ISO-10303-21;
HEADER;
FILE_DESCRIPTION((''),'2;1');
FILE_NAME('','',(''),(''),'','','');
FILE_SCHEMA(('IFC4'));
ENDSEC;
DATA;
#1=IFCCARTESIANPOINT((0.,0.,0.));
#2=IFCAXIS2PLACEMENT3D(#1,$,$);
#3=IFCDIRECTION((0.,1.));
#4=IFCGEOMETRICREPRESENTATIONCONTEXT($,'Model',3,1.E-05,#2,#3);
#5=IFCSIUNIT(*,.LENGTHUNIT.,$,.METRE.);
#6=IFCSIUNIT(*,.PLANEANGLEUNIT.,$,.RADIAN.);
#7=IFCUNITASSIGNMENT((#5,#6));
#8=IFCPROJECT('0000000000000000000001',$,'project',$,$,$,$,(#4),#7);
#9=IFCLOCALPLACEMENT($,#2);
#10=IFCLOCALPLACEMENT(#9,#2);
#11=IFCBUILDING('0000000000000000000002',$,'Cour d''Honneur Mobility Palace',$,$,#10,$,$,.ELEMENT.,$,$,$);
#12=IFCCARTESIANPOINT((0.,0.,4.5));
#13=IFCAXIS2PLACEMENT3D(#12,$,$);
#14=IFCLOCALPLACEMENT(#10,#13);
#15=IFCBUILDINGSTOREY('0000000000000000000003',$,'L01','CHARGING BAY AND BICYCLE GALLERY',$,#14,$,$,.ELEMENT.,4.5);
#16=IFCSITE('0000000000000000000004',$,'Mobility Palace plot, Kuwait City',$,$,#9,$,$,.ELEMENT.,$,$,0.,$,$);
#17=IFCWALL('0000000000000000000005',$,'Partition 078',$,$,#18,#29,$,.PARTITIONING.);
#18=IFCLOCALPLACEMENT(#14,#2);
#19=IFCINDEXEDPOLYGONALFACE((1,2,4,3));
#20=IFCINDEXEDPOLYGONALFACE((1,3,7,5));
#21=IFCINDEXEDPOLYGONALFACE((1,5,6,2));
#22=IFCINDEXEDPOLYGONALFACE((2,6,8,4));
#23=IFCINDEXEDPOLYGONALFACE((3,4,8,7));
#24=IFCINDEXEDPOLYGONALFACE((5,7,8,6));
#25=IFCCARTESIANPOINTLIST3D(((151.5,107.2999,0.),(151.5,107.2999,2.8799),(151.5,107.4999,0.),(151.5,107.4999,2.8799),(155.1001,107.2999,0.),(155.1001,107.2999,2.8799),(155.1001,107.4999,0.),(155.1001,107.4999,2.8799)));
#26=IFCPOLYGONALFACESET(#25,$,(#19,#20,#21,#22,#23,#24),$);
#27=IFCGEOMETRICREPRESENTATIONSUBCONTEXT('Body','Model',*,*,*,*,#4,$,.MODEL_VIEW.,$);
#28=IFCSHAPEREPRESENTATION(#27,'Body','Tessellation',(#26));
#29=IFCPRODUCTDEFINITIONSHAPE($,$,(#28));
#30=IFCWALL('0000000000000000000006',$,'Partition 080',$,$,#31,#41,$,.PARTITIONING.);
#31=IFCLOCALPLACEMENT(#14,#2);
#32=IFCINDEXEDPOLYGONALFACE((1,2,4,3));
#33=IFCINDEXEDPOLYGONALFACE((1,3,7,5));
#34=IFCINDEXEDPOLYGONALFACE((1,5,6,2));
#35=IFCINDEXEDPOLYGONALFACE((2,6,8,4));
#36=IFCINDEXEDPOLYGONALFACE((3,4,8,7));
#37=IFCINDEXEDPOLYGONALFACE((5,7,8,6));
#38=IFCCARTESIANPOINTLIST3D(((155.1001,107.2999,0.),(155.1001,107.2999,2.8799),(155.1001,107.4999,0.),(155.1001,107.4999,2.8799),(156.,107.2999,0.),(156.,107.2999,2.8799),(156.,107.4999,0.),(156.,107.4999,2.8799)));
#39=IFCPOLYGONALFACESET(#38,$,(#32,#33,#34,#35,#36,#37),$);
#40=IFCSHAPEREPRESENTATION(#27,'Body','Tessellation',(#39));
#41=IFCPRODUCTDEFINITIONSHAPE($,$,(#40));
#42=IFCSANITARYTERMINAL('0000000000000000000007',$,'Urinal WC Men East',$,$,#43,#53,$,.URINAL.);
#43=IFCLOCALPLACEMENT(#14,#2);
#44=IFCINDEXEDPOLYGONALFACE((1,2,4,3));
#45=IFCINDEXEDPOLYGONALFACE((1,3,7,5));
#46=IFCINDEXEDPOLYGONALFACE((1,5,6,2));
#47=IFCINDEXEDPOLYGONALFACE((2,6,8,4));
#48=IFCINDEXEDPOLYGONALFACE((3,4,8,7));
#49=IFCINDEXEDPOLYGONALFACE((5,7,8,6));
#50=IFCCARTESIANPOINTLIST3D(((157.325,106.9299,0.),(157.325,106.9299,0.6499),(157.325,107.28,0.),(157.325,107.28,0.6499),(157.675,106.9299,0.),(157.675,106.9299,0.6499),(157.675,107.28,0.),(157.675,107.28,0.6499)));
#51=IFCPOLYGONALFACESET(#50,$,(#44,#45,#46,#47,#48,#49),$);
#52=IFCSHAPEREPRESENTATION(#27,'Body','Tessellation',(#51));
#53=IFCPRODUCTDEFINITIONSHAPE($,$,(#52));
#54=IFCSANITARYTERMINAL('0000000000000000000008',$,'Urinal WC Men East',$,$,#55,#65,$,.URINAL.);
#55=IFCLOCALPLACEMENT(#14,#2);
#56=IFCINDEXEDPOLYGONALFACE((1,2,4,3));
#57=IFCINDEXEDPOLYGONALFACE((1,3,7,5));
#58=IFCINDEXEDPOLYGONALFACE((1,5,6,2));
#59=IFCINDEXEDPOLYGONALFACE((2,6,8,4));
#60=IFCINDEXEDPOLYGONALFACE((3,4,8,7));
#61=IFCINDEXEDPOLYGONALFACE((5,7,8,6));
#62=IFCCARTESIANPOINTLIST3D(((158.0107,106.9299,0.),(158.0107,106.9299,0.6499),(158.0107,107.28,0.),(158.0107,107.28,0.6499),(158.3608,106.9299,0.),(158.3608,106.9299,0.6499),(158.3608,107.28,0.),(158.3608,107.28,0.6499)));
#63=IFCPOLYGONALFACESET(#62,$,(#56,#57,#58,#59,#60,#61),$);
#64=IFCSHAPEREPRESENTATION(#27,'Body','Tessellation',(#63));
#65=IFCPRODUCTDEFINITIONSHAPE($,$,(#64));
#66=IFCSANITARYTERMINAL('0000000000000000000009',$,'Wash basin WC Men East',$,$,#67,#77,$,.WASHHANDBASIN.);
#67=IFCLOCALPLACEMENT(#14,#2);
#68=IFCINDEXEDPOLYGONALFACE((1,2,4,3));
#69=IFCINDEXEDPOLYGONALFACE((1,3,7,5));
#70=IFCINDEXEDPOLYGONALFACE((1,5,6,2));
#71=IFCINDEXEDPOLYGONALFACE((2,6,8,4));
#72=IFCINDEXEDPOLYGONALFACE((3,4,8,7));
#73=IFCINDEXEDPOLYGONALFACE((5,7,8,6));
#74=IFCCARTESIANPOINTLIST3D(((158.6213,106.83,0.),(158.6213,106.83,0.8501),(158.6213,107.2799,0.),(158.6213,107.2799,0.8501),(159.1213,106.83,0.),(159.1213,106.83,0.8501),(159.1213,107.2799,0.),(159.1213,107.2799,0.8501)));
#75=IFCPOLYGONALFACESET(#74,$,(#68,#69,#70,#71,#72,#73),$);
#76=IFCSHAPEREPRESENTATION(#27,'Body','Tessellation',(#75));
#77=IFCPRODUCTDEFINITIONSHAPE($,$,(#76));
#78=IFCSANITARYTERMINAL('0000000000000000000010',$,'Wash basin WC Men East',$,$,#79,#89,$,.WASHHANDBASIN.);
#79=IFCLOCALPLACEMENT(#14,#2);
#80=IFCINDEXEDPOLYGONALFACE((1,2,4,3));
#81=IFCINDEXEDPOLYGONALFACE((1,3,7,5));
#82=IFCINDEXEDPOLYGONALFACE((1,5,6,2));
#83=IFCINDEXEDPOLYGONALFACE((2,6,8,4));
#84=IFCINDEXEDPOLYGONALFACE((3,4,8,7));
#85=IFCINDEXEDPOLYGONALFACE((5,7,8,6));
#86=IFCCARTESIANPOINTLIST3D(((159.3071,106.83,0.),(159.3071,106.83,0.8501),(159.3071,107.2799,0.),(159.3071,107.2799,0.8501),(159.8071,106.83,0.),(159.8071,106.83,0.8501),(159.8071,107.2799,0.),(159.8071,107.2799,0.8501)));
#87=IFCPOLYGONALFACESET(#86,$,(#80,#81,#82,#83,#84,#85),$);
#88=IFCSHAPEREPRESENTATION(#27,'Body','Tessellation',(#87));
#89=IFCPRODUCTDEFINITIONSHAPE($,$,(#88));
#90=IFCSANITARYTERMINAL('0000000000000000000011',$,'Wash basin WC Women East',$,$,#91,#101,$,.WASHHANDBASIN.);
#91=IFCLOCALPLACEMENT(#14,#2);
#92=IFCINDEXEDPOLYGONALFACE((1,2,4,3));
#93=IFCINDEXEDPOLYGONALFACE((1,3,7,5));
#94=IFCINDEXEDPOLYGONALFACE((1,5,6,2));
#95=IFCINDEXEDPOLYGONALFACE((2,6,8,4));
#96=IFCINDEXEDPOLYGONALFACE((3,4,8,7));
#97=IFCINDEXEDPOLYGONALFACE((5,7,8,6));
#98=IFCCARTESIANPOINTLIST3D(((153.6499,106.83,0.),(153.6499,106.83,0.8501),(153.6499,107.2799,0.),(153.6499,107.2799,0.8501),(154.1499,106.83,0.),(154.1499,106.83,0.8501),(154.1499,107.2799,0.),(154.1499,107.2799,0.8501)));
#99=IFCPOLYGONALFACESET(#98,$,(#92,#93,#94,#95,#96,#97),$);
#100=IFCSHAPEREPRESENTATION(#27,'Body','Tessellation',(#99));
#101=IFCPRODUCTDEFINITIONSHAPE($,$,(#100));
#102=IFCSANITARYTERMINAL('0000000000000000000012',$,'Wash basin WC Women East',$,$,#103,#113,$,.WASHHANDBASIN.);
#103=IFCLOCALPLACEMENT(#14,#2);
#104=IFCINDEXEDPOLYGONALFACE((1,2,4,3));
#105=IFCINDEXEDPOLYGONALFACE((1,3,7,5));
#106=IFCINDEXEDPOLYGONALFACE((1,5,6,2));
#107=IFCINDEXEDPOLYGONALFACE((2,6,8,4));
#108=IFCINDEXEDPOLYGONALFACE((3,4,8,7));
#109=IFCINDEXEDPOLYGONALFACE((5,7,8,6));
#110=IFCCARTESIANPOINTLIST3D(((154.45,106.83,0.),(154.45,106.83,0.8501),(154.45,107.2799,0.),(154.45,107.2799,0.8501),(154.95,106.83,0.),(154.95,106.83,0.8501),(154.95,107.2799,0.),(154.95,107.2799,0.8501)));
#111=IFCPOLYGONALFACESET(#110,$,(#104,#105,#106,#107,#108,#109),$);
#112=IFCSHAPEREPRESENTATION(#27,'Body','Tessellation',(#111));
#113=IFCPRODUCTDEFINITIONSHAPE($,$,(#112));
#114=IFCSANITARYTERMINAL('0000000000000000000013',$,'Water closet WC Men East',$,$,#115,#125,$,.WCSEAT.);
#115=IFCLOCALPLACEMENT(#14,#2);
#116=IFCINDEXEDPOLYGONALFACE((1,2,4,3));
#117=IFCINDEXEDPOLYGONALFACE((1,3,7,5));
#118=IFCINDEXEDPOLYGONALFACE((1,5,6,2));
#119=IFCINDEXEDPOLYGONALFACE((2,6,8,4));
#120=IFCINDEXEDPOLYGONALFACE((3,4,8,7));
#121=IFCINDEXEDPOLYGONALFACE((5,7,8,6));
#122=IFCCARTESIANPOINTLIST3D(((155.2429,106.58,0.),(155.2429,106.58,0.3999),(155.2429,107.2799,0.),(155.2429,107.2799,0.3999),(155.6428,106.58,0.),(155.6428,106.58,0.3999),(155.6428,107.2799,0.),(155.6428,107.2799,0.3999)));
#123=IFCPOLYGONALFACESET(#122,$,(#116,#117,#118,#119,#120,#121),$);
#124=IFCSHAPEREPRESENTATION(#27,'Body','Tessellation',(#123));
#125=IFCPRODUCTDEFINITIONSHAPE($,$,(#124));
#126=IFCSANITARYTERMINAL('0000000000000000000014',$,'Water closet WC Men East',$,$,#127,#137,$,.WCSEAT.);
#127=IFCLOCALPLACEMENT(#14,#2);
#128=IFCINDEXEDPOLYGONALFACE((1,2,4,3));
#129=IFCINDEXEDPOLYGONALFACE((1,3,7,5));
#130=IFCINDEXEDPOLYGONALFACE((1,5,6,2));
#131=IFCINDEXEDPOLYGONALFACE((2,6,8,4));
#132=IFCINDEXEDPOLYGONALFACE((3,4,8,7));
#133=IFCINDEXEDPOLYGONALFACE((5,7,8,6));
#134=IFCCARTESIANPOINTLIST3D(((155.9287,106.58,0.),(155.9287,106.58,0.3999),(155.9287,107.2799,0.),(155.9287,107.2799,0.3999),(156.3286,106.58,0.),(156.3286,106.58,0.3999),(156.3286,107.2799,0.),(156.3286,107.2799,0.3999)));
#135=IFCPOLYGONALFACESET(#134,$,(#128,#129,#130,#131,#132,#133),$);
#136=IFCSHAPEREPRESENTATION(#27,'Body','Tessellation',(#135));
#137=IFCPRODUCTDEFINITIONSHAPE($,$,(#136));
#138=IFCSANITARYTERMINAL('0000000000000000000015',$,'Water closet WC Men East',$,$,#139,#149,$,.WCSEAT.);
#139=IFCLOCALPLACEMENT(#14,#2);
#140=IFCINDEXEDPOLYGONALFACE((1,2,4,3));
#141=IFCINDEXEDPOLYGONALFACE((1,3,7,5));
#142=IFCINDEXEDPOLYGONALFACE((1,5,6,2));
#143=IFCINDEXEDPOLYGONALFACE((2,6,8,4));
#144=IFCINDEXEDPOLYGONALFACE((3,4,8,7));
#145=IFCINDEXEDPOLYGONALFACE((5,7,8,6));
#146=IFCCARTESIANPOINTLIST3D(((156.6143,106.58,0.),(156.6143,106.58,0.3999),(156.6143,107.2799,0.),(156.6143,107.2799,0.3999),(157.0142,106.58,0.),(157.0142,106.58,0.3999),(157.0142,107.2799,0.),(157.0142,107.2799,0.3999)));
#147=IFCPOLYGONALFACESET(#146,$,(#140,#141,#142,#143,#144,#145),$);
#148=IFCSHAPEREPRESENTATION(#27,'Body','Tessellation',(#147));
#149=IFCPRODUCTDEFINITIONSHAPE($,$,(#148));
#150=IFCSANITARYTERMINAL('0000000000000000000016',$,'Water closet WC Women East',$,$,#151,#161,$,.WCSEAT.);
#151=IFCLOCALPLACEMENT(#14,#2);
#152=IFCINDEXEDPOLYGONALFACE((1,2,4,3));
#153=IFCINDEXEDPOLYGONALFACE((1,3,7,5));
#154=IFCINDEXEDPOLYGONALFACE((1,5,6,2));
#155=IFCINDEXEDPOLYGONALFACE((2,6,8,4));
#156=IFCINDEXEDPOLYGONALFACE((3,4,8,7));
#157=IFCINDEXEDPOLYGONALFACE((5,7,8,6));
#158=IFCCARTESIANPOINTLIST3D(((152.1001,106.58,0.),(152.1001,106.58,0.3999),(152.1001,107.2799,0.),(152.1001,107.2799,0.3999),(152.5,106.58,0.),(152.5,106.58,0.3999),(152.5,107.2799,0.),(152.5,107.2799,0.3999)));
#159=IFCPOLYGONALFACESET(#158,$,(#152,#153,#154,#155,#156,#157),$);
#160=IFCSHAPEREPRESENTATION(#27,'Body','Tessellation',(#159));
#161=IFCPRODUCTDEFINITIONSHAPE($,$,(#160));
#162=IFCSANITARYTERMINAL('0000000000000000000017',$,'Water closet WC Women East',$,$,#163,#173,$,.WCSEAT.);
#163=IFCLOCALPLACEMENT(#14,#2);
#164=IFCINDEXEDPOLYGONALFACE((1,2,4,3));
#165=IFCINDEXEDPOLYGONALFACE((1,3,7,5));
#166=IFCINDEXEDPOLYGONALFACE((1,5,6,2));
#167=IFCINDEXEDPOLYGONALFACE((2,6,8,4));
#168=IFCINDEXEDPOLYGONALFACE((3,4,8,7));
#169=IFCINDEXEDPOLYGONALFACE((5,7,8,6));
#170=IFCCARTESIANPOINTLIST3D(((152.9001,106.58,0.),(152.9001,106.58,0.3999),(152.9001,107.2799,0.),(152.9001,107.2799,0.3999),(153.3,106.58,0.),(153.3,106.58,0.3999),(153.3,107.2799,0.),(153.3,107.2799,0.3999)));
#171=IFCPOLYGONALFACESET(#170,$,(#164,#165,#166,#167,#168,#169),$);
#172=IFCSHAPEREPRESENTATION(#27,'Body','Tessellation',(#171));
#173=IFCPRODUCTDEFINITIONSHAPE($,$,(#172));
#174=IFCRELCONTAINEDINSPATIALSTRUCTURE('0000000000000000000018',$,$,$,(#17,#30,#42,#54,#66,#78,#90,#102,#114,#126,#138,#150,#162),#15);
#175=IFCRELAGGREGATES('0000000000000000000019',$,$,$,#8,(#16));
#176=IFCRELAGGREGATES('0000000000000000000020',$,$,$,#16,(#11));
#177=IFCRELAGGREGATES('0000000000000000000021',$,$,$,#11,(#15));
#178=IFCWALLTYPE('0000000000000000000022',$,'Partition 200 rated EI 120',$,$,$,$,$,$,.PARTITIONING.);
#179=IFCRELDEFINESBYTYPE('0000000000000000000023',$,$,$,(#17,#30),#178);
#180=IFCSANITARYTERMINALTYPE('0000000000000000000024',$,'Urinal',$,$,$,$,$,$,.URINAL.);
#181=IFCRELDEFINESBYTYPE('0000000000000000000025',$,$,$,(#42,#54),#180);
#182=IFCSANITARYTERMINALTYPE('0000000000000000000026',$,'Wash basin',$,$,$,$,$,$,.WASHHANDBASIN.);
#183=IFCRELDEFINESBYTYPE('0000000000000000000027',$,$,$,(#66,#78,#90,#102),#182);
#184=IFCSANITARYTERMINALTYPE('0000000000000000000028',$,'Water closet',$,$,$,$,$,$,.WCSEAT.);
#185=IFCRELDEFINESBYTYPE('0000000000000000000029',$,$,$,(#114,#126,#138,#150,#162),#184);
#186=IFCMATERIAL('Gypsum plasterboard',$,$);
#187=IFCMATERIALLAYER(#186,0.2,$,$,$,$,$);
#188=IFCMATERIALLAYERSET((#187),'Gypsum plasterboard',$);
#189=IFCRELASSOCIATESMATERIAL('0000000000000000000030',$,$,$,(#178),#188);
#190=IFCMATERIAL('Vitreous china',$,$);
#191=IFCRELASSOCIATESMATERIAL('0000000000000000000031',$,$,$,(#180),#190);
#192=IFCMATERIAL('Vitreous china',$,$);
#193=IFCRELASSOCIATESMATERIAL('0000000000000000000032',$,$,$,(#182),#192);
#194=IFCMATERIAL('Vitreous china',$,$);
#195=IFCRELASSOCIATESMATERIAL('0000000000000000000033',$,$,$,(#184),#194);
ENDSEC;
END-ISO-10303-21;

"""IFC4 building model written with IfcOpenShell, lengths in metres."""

from ifc_helpers import new_model, si_unit, direction, frame, frame_2d, origin, origin_2d, place, context, subcontext, project, spatial, rectangle, extrude, material, layer, layer_set, type_object, element, save


model = new_model("IFC4")

# Units and contexts
model_context = context("Model", 3, precision=1e-05, world=origin(), true_north=direction((0.0, 1.0)))
body_context = subcontext(model_context, "Body", "Model", "MODEL_VIEW")
ifc_project = project(units=[si_unit("LENGTHUNIT", "METRE"), si_unit("PLANEANGLEUNIT", "RADIAN")], contexts=[model_context])

# Site, building, storey
site_placement = place(None, origin())
site = spatial("IfcSite", under=ifc_project, at=site_placement, Name="Mobility Palace plot, Kuwait City", CompositionType="ELEMENT", RefElevation=0.0)
building_placement = place(site_placement, origin())
building = spatial("IfcBuilding", under=site, at=building_placement, Name="Cour d'Honneur Mobility Palace", CompositionType="ELEMENT")
storey_placement = place(building_placement, frame((0.0, 0.0, 4.5)))
storey = spatial("IfcBuildingStorey", under=building, at=storey_placement, Name="L01", Description="CHARGING BAY AND BICYCLE GALLERY", CompositionType="ELEMENT", Elevation=4.5)

# Walls
ifc_material_1 = material(Name="Gypsum plasterboard")
ifc_layer_1 = layer(ifc_material_1, 0.2)
ifc_layer_set_1 = layer_set([ifc_layer_1], Name="Gypsum plasterboard")
wall_type_1 = type_object("IfcWallType", Name="Partition 200 rated EI 120", PredefinedType="PARTITIONING", material=ifc_layer_set_1)
wall_1_placement = place(storey_placement, frame((151.5, 107.3999, 0.0), z_axis=(0.0, 0.0, 1.0), x_axis=(1.0, 0.0, 0.0)))
element("IfcWall", 1, at=wall_1_placement, inside=storey, type_object=wall_type_1, Name="Partition 078", PredefinedType="PARTITIONING", context=body_context, shape_type="SweptSolid", body=[
    extrude(rectangle(XDim=3.6001, YDim=0.2, at=frame_2d((1.8, 0.0))), origin(), (0.0, 0.0, 1.0), 2.8799),
])
wall_2_placement = place(storey_placement, frame((155.1001, 107.3999, 0.0), z_axis=(0.0, 0.0, 1.0), x_axis=(1.0, 0.0, 0.0)))
element("IfcWall", 2, at=wall_2_placement, inside=storey, type_object=wall_type_1, Name="Partition 080", PredefinedType="PARTITIONING", context=body_context, shape_type="SweptSolid", body=[
    extrude(rectangle(XDim=0.8999, YDim=0.2, at=frame_2d((0.45, 0.0))), origin(), (0.0, 0.0, 1.0), 2.8799),
])

# Sanitary terminals
ifc_material_2 = material(Name="Vitreous china")
sanitary_terminal_type_1 = type_object("IfcSanitaryTerminalType", Name="Urinal", PredefinedType="URINAL", material=ifc_material_2)
for number, where, z_axis, x_axis, name in (
    (3, (157.5, 107.105, 0.0), (0.0, 0.0, 1.0), (1.0, 0.0, 0.0), "Urinal WC Men East"),
    (4, (158.1858, 107.105, 0.0), (0.0, 0.0, 1.0), (1.0, 0.0, 0.0), "Urinal WC Men East"),
):
    element("IfcSanitaryTerminal", number, at=place(storey_placement, frame(where, z_axis=z_axis, x_axis=x_axis)), inside=storey, type_object=sanitary_terminal_type_1, Name=name, PredefinedType="URINAL", context=body_context, shape_type="SweptSolid", body=[
        extrude(rectangle(XDim=0.3501, YDim=0.3501, at=origin_2d()), origin(), (0.0, 0.0, 1.0), 0.6499),
    ])
ifc_material_3 = material(Name="Vitreous china")
sanitary_terminal_type_2 = type_object("IfcSanitaryTerminalType", Name="Wash basin", PredefinedType="WASHHANDBASIN", material=ifc_material_3)
for number, where, z_axis, x_axis, name in (
    (5, (158.8713, 107.0549, 0.0), (0.0, 0.0, 1.0), (1.0, 0.0, 0.0), "Wash basin WC Men East"),
    (6, (159.5571, 107.0549, 0.0), (0.0, 0.0, 1.0), (1.0, 0.0, 0.0), "Wash basin WC Men East"),
    (7, (153.8999, 107.0549, 0.0), (0.0, 0.0, 1.0), (1.0, 0.0, 0.0), "Wash basin WC Women East"),
    (8, (154.7, 107.0549, 0.0), (0.0, 0.0, 1.0), (1.0, 0.0, 0.0), "Wash basin WC Women East"),
):
    element("IfcSanitaryTerminal", number, at=place(storey_placement, frame(where, z_axis=z_axis, x_axis=x_axis)), inside=storey, type_object=sanitary_terminal_type_2, Name=name, PredefinedType="WASHHANDBASIN", context=body_context, shape_type="SweptSolid", body=[
        extrude(rectangle(XDim=0.5, YDim=0.45, at=origin_2d()), origin(), (0.0, 0.0, 1.0), 0.8501),
    ])
ifc_material_4 = material(Name="Vitreous china")
sanitary_terminal_type_3 = type_object("IfcSanitaryTerminalType", Name="Water closet", PredefinedType="WCSEAT", material=ifc_material_4)
for number, where, z_axis, x_axis, name in (
    (9, (155.4429, 106.9299, 0.0), (0.0, 0.0, 1.0), (1.0, 0.0, 0.0), "Water closet WC Men East"),
    (10, (156.1287, 106.9299, 0.0), (0.0, 0.0, 1.0), (1.0, 0.0, 0.0), "Water closet WC Men East"),
    (11, (156.8142, 106.9299, 0.0), (0.0, 0.0, 1.0), (1.0, 0.0, 0.0), "Water closet WC Men East"),
    (12, (152.3, 106.9299, 0.0), (0.0, 0.0, 1.0), (1.0, 0.0, 0.0), "Water closet WC Women East"),
    (13, (153.1001, 106.9299, 0.0), (0.0, 0.0, 1.0), (1.0, 0.0, 0.0), "Water closet WC Women East"),
):
    element("IfcSanitaryTerminal", number, at=place(storey_placement, frame(where, z_axis=z_axis, x_axis=x_axis)), inside=storey, type_object=sanitary_terminal_type_3, Name=name, PredefinedType="WCSEAT", context=body_context, shape_type="SweptSolid", body=[
        extrude(rectangle(XDim=0.3999, YDim=0.7, at=origin_2d()), origin(), (0.0, 0.0, 1.0), 0.3999),
    ])

save(model, "model.ifc")
